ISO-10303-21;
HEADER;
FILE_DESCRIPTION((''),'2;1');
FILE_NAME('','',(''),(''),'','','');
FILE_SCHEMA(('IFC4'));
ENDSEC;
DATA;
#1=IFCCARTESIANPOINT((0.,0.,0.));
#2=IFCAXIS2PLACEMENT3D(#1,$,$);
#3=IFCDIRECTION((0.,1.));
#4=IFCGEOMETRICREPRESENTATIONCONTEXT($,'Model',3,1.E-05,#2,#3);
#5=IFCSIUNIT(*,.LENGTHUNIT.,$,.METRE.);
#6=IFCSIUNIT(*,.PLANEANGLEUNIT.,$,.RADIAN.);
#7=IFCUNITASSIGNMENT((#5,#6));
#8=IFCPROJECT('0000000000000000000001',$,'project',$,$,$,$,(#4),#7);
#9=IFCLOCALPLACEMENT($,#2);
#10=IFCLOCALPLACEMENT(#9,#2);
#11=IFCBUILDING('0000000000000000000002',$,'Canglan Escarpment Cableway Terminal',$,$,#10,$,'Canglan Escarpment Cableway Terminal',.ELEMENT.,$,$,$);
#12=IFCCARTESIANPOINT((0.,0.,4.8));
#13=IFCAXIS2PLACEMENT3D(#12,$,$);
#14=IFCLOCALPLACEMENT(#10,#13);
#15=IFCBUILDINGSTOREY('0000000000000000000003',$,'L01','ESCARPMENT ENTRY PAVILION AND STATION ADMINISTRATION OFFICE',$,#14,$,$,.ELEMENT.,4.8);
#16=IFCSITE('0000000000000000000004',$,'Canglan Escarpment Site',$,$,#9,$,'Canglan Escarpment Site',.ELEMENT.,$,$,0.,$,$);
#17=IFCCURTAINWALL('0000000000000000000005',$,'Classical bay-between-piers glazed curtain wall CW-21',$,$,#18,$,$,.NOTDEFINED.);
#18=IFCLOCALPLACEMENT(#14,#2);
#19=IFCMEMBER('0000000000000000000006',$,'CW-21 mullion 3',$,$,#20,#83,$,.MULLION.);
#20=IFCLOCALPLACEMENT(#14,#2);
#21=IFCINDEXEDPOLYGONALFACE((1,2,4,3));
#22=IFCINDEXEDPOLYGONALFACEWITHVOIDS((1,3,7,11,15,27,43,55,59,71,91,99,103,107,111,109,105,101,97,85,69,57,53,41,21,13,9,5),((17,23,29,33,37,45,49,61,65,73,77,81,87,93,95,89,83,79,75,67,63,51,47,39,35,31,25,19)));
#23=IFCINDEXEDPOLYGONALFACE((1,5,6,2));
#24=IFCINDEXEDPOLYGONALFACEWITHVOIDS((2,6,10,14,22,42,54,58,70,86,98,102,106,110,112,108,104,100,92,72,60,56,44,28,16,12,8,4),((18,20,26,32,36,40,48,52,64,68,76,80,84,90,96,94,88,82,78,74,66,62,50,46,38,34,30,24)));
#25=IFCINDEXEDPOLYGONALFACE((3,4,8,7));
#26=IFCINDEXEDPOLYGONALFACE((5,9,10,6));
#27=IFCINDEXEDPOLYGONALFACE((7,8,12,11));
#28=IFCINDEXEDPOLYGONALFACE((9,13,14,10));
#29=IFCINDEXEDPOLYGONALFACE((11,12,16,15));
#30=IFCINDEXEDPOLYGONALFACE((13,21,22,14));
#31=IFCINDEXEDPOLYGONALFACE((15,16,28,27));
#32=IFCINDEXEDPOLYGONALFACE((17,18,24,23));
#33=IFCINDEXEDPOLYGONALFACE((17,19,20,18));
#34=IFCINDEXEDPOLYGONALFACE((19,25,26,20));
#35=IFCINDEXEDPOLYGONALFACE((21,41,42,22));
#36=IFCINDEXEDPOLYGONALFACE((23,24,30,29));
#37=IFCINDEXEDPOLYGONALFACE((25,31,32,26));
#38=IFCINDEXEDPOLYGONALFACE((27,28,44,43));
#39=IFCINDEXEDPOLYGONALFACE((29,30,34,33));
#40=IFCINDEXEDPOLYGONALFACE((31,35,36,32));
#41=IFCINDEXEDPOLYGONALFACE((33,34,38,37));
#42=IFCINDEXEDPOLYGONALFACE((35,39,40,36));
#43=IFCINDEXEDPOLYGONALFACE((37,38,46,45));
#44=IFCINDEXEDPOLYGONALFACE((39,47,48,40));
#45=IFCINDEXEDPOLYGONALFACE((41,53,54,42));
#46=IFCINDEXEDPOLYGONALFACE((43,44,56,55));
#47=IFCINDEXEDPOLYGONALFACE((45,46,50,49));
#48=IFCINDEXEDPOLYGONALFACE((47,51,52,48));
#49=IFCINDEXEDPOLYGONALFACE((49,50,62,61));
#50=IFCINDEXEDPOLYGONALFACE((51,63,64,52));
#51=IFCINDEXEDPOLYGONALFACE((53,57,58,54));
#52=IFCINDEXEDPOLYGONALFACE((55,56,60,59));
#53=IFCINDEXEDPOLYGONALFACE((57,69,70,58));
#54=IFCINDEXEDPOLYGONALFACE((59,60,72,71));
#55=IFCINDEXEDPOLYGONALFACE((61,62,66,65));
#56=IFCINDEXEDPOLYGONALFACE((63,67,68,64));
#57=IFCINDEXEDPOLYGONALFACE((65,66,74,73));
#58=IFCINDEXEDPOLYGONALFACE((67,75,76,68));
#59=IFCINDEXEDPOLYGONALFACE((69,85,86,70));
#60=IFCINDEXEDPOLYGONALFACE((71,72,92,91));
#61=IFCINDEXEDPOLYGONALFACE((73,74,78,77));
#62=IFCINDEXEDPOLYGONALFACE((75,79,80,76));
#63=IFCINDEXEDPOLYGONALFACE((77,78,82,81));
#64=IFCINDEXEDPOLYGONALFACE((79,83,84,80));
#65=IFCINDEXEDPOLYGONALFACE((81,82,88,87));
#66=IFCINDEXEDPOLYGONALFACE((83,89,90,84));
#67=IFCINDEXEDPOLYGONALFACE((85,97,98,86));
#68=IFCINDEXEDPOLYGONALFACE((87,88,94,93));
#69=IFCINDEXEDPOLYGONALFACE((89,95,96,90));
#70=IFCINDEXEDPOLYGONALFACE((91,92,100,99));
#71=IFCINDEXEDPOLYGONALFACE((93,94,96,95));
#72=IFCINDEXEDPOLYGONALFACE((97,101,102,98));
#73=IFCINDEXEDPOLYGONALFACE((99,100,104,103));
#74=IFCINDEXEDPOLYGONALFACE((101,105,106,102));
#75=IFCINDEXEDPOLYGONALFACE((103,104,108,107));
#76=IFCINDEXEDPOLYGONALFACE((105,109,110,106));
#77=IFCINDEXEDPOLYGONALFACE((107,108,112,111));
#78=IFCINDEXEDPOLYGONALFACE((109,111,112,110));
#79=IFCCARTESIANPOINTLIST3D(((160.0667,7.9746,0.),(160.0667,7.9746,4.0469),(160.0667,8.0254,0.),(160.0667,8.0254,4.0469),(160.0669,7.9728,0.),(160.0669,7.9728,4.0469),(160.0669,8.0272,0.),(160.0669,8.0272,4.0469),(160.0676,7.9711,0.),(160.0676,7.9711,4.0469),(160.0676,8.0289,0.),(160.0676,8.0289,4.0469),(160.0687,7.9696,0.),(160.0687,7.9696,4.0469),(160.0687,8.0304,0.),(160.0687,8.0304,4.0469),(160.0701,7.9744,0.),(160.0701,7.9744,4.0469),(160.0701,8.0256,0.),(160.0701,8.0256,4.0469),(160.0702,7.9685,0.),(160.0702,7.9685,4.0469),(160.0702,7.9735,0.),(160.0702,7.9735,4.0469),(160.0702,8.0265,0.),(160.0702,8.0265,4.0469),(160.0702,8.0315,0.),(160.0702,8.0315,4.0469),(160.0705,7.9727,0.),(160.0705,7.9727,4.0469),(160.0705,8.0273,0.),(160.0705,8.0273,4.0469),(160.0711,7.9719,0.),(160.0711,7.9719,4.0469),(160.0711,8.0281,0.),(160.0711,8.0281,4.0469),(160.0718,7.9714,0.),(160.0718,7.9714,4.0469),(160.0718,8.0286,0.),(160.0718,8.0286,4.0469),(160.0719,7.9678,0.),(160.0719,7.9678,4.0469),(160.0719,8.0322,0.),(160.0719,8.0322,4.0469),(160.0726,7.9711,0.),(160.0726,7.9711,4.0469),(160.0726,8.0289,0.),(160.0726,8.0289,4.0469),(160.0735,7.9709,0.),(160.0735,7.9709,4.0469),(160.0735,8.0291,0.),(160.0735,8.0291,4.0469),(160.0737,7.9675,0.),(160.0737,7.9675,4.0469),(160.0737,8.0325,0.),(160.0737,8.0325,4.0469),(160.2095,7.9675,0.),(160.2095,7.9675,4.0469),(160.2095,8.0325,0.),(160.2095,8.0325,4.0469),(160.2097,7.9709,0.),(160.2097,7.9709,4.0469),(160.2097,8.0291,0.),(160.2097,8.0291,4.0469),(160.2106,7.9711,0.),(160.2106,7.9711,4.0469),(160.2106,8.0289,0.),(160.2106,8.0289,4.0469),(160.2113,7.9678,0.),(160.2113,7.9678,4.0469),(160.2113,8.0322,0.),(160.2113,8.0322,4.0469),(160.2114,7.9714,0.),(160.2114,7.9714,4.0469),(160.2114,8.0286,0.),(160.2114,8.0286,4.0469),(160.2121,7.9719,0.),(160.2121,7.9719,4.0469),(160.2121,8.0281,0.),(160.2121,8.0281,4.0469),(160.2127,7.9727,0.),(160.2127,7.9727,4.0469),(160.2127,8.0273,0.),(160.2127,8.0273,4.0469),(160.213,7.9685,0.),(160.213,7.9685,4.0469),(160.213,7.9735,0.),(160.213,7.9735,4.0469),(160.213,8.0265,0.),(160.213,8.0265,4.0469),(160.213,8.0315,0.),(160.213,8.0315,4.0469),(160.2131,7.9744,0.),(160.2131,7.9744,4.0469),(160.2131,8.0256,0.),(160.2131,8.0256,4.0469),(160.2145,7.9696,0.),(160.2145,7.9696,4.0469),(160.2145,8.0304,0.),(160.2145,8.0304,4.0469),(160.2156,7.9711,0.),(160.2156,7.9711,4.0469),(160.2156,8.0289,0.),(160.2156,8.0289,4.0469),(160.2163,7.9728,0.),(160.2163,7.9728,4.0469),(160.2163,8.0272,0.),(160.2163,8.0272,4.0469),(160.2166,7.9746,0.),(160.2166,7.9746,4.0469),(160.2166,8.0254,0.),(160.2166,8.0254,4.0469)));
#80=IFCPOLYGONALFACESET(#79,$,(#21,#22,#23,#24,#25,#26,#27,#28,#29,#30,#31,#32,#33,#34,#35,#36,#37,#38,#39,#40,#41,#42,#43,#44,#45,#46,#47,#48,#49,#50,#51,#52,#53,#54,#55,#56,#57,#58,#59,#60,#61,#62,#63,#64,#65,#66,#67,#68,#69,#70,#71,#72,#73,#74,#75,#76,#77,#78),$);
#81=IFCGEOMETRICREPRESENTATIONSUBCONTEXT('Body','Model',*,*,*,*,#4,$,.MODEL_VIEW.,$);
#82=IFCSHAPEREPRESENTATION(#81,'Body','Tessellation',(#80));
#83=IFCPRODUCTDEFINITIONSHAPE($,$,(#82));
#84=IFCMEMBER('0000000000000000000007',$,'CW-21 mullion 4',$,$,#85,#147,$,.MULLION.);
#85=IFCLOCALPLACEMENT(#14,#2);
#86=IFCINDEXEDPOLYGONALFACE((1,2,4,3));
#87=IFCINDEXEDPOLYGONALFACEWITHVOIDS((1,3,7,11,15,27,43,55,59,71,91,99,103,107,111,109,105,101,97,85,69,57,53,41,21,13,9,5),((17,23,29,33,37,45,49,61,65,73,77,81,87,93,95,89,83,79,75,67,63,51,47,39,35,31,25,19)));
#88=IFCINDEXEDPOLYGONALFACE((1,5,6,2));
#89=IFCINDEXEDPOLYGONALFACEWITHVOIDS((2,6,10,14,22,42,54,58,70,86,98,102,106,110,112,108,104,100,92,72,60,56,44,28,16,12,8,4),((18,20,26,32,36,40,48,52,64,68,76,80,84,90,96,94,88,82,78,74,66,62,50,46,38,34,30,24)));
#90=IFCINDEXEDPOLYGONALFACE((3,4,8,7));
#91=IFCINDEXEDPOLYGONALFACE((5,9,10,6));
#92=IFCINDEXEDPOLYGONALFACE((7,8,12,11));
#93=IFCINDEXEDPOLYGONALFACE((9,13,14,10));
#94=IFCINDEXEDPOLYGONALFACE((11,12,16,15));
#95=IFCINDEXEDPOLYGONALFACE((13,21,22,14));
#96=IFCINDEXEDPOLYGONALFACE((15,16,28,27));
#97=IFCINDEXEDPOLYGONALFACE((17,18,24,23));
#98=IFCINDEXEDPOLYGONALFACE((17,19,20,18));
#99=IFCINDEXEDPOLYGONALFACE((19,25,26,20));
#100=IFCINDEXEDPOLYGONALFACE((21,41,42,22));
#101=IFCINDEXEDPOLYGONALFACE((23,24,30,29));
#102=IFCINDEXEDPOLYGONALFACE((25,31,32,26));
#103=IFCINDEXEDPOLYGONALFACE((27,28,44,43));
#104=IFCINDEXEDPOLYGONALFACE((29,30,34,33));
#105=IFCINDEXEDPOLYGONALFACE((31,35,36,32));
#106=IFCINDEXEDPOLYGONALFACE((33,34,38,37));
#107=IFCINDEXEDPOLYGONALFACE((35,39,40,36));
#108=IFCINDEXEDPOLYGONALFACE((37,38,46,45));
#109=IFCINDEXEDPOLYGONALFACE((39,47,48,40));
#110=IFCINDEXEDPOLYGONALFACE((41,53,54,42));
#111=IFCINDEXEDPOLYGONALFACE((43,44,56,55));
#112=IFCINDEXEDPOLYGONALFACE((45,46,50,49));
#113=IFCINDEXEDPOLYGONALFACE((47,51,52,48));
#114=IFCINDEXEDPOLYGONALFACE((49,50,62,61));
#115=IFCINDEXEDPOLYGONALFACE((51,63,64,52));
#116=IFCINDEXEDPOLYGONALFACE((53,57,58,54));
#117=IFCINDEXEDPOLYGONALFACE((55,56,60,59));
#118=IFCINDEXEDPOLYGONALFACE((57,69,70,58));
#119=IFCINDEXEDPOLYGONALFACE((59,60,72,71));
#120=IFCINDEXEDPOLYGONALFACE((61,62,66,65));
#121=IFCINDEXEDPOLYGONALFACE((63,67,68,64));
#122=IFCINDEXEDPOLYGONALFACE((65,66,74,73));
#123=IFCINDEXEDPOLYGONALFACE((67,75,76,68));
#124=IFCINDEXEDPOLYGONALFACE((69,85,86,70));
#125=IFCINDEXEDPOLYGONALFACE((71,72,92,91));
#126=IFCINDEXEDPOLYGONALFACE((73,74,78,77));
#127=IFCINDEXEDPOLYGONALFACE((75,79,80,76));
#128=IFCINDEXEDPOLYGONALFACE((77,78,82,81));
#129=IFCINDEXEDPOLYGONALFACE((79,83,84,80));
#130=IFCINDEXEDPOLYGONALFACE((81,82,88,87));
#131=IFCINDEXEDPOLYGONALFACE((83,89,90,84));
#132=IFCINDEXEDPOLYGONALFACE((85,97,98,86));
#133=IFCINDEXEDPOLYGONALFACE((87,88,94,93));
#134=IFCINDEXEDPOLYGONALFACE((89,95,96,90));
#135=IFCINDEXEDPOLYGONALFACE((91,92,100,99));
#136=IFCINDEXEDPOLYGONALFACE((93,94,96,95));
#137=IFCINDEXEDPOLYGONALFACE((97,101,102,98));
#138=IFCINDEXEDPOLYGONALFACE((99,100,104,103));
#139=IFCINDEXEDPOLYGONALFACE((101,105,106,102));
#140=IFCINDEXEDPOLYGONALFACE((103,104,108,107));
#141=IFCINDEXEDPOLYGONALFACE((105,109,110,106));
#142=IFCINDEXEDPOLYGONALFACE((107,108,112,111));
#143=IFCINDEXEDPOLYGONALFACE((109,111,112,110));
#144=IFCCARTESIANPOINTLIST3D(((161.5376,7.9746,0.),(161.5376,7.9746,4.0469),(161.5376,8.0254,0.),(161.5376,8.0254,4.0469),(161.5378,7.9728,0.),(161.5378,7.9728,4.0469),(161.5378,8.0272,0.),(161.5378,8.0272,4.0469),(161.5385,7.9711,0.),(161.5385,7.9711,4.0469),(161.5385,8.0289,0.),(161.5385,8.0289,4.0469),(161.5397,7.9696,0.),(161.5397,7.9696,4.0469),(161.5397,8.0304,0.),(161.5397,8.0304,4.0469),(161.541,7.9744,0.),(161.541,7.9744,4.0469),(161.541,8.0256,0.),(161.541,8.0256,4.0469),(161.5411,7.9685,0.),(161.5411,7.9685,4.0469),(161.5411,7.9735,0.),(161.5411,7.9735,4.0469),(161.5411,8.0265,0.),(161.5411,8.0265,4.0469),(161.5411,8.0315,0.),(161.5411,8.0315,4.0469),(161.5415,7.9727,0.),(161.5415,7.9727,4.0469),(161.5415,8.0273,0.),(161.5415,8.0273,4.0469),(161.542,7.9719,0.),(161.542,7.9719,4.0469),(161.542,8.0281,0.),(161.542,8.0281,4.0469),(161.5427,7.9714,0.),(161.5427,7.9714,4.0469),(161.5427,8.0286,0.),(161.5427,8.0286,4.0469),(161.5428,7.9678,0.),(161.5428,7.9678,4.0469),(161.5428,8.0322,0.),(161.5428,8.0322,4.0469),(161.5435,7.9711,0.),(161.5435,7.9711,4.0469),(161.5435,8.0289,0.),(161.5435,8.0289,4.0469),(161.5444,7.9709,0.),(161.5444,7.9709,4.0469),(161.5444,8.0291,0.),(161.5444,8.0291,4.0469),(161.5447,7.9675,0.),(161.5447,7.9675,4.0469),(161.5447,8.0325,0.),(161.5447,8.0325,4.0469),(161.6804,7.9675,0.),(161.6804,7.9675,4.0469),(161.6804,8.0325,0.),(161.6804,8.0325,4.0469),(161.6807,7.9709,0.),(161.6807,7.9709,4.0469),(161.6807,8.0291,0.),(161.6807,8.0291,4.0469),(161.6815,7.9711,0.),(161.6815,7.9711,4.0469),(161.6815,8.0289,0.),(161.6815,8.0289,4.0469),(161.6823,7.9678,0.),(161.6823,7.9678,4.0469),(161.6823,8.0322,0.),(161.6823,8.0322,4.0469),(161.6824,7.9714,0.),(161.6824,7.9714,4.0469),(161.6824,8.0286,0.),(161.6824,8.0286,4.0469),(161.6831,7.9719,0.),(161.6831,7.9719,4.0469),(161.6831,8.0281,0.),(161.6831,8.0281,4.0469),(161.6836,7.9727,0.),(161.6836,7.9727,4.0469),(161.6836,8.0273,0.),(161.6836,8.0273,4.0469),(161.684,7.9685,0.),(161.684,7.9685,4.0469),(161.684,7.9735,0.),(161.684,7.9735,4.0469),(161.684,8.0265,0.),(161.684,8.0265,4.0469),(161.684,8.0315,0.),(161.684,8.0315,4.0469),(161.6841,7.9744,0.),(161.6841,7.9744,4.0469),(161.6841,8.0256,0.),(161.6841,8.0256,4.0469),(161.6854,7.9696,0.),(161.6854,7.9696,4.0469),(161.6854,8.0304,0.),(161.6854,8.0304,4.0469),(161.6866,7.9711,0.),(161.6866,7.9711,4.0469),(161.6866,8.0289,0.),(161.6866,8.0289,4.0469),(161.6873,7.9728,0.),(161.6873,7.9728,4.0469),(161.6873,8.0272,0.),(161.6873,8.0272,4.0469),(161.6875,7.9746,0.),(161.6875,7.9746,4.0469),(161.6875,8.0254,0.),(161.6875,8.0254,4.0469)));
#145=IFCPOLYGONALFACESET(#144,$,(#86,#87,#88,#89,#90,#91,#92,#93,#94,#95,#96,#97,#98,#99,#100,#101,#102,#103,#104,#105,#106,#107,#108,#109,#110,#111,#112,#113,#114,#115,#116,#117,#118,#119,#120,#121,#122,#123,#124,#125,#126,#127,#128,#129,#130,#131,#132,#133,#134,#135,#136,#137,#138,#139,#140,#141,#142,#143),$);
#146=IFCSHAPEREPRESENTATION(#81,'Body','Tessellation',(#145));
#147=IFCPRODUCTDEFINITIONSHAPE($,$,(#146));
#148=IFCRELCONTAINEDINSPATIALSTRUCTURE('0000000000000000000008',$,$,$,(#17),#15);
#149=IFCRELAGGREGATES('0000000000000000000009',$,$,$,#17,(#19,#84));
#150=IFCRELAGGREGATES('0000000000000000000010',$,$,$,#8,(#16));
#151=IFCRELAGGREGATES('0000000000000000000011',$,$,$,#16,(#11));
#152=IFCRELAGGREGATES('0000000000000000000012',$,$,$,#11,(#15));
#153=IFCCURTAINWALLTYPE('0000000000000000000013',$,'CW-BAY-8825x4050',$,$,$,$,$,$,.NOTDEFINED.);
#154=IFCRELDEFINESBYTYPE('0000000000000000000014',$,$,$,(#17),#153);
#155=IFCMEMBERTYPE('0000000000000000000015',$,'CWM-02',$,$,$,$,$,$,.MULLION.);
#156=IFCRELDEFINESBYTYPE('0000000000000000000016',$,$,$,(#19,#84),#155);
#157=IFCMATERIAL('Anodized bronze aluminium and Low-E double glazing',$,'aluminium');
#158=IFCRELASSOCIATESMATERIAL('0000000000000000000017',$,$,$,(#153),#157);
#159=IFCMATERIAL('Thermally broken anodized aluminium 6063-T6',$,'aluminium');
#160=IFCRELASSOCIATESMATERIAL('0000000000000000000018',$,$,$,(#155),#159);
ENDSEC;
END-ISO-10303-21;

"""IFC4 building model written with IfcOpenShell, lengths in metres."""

from ifc_helpers import new_model, si_unit, direction, frame, origin, origin_2d, place, context, subcontext, project, spatial, hollow_rectangle, extrude, material, material_profile, profile_set, type_object, element, aggregate, save


model = new_model("IFC4")

# Units and contexts
model_context = context("Model", 3, precision=1e-05, world=origin(), true_north=direction((0.0, 1.0)))
body_context = subcontext(model_context, "Body", "Model", "MODEL_VIEW")
ifc_project = project(units=[si_unit("LENGTHUNIT", "METRE"), si_unit("PLANEANGLEUNIT", "RADIAN")], contexts=[model_context])

# Site, building, storey
site_placement = place(None, origin())
site = spatial("IfcSite", under=ifc_project, at=site_placement, Name="Canglan Escarpment Site", LongName="Canglan Escarpment Site", CompositionType="ELEMENT", RefElevation=0.0)
building_placement = place(site_placement, origin())
building = spatial("IfcBuilding", under=site, at=building_placement, Name="Canglan Escarpment Cableway Terminal", LongName="Canglan Escarpment Cableway Terminal", CompositionType="ELEMENT")
storey_placement = place(building_placement, frame((0.0, 0.0, 4.8)))
storey = spatial("IfcBuildingStorey", under=building, at=storey_placement, Name="L01", Description="ESCARPMENT ENTRY PAVILION AND STATION ADMINISTRATION OFFICE", CompositionType="ELEMENT", Elevation=4.8)

# Curtain wall, members
ifc_material_1 = material(Name="Anodized bronze aluminium and Low-E double glazing", Category="aluminium")
curtain_wall_type = type_object("IfcCurtainWallType", Name="CW-BAY-8825x4050", PredefinedType="NOTDEFINED", material=ifc_material_1)
curtain_wall_placement = place(storey_placement, origin())
curtain_wall = element("IfcCurtainWall", 1, at=curtain_wall_placement, inside=storey, type_object=curtain_wall_type, Name="Classical bay-between-piers glazed curtain wall CW-21", PredefinedType="NOTDEFINED")
ifc_material_2 = material(Name="Thermally broken anodized aluminium 6063-T6", Category="aluminium")
ifc_material_profile_1 = material_profile(ifc_material_2, hollow_rectangle(XDim=0.0649, YDim=0.1499, WallThickness=0.0034, InnerFilletRadius=0.0034, OuterFilletRadius=0.0071, at=origin_2d()), Name="ALU-MULL 65x150x3.5")
ifc_profile_set_1 = profile_set([ifc_material_profile_1], Name="Thermally broken anodized aluminium 6063-T6")
member_type_1 = type_object("IfcMemberType", Name="CWM-02", PredefinedType="MULLION", material=ifc_profile_set_1)
member_1_placement = place(storey_placement, frame((160.1416, 8.0, 0.0), z_axis=(0.0, 0.0, 1.0), x_axis=(0.0, 1.0, 0.0)))
member_1 = element("IfcMember", 2, at=member_1_placement, type_object=member_type_1, Name="CW-21 mullion 3", PredefinedType="MULLION", context=body_context, shape_type="SweptSolid", body=[
    extrude(hollow_rectangle(XDim=0.0649, YDim=0.1499, WallThickness=0.0034, InnerFilletRadius=0.0034, OuterFilletRadius=0.0071, at=origin_2d()), origin(), (0.0, 0.0, 1.0), 4.0469),
])
member_2_placement = place(storey_placement, frame((161.6125, 8.0, 0.0), z_axis=(0.0, 0.0, 1.0), x_axis=(0.0, 1.0, 0.0)))
member_2 = element("IfcMember", 3, at=member_2_placement, type_object=member_type_1, Name="CW-21 mullion 4", PredefinedType="MULLION", context=body_context, shape_type="SweptSolid", body=[
    extrude(hollow_rectangle(XDim=0.0649, YDim=0.1499, WallThickness=0.0034, InnerFilletRadius=0.0034, OuterFilletRadius=0.0071, at=origin_2d()), origin(), (0.0, 0.0, 1.0), 4.0469),
])
aggregate(curtain_wall, [member_1, member_2])

save(model, "model.ifc")
